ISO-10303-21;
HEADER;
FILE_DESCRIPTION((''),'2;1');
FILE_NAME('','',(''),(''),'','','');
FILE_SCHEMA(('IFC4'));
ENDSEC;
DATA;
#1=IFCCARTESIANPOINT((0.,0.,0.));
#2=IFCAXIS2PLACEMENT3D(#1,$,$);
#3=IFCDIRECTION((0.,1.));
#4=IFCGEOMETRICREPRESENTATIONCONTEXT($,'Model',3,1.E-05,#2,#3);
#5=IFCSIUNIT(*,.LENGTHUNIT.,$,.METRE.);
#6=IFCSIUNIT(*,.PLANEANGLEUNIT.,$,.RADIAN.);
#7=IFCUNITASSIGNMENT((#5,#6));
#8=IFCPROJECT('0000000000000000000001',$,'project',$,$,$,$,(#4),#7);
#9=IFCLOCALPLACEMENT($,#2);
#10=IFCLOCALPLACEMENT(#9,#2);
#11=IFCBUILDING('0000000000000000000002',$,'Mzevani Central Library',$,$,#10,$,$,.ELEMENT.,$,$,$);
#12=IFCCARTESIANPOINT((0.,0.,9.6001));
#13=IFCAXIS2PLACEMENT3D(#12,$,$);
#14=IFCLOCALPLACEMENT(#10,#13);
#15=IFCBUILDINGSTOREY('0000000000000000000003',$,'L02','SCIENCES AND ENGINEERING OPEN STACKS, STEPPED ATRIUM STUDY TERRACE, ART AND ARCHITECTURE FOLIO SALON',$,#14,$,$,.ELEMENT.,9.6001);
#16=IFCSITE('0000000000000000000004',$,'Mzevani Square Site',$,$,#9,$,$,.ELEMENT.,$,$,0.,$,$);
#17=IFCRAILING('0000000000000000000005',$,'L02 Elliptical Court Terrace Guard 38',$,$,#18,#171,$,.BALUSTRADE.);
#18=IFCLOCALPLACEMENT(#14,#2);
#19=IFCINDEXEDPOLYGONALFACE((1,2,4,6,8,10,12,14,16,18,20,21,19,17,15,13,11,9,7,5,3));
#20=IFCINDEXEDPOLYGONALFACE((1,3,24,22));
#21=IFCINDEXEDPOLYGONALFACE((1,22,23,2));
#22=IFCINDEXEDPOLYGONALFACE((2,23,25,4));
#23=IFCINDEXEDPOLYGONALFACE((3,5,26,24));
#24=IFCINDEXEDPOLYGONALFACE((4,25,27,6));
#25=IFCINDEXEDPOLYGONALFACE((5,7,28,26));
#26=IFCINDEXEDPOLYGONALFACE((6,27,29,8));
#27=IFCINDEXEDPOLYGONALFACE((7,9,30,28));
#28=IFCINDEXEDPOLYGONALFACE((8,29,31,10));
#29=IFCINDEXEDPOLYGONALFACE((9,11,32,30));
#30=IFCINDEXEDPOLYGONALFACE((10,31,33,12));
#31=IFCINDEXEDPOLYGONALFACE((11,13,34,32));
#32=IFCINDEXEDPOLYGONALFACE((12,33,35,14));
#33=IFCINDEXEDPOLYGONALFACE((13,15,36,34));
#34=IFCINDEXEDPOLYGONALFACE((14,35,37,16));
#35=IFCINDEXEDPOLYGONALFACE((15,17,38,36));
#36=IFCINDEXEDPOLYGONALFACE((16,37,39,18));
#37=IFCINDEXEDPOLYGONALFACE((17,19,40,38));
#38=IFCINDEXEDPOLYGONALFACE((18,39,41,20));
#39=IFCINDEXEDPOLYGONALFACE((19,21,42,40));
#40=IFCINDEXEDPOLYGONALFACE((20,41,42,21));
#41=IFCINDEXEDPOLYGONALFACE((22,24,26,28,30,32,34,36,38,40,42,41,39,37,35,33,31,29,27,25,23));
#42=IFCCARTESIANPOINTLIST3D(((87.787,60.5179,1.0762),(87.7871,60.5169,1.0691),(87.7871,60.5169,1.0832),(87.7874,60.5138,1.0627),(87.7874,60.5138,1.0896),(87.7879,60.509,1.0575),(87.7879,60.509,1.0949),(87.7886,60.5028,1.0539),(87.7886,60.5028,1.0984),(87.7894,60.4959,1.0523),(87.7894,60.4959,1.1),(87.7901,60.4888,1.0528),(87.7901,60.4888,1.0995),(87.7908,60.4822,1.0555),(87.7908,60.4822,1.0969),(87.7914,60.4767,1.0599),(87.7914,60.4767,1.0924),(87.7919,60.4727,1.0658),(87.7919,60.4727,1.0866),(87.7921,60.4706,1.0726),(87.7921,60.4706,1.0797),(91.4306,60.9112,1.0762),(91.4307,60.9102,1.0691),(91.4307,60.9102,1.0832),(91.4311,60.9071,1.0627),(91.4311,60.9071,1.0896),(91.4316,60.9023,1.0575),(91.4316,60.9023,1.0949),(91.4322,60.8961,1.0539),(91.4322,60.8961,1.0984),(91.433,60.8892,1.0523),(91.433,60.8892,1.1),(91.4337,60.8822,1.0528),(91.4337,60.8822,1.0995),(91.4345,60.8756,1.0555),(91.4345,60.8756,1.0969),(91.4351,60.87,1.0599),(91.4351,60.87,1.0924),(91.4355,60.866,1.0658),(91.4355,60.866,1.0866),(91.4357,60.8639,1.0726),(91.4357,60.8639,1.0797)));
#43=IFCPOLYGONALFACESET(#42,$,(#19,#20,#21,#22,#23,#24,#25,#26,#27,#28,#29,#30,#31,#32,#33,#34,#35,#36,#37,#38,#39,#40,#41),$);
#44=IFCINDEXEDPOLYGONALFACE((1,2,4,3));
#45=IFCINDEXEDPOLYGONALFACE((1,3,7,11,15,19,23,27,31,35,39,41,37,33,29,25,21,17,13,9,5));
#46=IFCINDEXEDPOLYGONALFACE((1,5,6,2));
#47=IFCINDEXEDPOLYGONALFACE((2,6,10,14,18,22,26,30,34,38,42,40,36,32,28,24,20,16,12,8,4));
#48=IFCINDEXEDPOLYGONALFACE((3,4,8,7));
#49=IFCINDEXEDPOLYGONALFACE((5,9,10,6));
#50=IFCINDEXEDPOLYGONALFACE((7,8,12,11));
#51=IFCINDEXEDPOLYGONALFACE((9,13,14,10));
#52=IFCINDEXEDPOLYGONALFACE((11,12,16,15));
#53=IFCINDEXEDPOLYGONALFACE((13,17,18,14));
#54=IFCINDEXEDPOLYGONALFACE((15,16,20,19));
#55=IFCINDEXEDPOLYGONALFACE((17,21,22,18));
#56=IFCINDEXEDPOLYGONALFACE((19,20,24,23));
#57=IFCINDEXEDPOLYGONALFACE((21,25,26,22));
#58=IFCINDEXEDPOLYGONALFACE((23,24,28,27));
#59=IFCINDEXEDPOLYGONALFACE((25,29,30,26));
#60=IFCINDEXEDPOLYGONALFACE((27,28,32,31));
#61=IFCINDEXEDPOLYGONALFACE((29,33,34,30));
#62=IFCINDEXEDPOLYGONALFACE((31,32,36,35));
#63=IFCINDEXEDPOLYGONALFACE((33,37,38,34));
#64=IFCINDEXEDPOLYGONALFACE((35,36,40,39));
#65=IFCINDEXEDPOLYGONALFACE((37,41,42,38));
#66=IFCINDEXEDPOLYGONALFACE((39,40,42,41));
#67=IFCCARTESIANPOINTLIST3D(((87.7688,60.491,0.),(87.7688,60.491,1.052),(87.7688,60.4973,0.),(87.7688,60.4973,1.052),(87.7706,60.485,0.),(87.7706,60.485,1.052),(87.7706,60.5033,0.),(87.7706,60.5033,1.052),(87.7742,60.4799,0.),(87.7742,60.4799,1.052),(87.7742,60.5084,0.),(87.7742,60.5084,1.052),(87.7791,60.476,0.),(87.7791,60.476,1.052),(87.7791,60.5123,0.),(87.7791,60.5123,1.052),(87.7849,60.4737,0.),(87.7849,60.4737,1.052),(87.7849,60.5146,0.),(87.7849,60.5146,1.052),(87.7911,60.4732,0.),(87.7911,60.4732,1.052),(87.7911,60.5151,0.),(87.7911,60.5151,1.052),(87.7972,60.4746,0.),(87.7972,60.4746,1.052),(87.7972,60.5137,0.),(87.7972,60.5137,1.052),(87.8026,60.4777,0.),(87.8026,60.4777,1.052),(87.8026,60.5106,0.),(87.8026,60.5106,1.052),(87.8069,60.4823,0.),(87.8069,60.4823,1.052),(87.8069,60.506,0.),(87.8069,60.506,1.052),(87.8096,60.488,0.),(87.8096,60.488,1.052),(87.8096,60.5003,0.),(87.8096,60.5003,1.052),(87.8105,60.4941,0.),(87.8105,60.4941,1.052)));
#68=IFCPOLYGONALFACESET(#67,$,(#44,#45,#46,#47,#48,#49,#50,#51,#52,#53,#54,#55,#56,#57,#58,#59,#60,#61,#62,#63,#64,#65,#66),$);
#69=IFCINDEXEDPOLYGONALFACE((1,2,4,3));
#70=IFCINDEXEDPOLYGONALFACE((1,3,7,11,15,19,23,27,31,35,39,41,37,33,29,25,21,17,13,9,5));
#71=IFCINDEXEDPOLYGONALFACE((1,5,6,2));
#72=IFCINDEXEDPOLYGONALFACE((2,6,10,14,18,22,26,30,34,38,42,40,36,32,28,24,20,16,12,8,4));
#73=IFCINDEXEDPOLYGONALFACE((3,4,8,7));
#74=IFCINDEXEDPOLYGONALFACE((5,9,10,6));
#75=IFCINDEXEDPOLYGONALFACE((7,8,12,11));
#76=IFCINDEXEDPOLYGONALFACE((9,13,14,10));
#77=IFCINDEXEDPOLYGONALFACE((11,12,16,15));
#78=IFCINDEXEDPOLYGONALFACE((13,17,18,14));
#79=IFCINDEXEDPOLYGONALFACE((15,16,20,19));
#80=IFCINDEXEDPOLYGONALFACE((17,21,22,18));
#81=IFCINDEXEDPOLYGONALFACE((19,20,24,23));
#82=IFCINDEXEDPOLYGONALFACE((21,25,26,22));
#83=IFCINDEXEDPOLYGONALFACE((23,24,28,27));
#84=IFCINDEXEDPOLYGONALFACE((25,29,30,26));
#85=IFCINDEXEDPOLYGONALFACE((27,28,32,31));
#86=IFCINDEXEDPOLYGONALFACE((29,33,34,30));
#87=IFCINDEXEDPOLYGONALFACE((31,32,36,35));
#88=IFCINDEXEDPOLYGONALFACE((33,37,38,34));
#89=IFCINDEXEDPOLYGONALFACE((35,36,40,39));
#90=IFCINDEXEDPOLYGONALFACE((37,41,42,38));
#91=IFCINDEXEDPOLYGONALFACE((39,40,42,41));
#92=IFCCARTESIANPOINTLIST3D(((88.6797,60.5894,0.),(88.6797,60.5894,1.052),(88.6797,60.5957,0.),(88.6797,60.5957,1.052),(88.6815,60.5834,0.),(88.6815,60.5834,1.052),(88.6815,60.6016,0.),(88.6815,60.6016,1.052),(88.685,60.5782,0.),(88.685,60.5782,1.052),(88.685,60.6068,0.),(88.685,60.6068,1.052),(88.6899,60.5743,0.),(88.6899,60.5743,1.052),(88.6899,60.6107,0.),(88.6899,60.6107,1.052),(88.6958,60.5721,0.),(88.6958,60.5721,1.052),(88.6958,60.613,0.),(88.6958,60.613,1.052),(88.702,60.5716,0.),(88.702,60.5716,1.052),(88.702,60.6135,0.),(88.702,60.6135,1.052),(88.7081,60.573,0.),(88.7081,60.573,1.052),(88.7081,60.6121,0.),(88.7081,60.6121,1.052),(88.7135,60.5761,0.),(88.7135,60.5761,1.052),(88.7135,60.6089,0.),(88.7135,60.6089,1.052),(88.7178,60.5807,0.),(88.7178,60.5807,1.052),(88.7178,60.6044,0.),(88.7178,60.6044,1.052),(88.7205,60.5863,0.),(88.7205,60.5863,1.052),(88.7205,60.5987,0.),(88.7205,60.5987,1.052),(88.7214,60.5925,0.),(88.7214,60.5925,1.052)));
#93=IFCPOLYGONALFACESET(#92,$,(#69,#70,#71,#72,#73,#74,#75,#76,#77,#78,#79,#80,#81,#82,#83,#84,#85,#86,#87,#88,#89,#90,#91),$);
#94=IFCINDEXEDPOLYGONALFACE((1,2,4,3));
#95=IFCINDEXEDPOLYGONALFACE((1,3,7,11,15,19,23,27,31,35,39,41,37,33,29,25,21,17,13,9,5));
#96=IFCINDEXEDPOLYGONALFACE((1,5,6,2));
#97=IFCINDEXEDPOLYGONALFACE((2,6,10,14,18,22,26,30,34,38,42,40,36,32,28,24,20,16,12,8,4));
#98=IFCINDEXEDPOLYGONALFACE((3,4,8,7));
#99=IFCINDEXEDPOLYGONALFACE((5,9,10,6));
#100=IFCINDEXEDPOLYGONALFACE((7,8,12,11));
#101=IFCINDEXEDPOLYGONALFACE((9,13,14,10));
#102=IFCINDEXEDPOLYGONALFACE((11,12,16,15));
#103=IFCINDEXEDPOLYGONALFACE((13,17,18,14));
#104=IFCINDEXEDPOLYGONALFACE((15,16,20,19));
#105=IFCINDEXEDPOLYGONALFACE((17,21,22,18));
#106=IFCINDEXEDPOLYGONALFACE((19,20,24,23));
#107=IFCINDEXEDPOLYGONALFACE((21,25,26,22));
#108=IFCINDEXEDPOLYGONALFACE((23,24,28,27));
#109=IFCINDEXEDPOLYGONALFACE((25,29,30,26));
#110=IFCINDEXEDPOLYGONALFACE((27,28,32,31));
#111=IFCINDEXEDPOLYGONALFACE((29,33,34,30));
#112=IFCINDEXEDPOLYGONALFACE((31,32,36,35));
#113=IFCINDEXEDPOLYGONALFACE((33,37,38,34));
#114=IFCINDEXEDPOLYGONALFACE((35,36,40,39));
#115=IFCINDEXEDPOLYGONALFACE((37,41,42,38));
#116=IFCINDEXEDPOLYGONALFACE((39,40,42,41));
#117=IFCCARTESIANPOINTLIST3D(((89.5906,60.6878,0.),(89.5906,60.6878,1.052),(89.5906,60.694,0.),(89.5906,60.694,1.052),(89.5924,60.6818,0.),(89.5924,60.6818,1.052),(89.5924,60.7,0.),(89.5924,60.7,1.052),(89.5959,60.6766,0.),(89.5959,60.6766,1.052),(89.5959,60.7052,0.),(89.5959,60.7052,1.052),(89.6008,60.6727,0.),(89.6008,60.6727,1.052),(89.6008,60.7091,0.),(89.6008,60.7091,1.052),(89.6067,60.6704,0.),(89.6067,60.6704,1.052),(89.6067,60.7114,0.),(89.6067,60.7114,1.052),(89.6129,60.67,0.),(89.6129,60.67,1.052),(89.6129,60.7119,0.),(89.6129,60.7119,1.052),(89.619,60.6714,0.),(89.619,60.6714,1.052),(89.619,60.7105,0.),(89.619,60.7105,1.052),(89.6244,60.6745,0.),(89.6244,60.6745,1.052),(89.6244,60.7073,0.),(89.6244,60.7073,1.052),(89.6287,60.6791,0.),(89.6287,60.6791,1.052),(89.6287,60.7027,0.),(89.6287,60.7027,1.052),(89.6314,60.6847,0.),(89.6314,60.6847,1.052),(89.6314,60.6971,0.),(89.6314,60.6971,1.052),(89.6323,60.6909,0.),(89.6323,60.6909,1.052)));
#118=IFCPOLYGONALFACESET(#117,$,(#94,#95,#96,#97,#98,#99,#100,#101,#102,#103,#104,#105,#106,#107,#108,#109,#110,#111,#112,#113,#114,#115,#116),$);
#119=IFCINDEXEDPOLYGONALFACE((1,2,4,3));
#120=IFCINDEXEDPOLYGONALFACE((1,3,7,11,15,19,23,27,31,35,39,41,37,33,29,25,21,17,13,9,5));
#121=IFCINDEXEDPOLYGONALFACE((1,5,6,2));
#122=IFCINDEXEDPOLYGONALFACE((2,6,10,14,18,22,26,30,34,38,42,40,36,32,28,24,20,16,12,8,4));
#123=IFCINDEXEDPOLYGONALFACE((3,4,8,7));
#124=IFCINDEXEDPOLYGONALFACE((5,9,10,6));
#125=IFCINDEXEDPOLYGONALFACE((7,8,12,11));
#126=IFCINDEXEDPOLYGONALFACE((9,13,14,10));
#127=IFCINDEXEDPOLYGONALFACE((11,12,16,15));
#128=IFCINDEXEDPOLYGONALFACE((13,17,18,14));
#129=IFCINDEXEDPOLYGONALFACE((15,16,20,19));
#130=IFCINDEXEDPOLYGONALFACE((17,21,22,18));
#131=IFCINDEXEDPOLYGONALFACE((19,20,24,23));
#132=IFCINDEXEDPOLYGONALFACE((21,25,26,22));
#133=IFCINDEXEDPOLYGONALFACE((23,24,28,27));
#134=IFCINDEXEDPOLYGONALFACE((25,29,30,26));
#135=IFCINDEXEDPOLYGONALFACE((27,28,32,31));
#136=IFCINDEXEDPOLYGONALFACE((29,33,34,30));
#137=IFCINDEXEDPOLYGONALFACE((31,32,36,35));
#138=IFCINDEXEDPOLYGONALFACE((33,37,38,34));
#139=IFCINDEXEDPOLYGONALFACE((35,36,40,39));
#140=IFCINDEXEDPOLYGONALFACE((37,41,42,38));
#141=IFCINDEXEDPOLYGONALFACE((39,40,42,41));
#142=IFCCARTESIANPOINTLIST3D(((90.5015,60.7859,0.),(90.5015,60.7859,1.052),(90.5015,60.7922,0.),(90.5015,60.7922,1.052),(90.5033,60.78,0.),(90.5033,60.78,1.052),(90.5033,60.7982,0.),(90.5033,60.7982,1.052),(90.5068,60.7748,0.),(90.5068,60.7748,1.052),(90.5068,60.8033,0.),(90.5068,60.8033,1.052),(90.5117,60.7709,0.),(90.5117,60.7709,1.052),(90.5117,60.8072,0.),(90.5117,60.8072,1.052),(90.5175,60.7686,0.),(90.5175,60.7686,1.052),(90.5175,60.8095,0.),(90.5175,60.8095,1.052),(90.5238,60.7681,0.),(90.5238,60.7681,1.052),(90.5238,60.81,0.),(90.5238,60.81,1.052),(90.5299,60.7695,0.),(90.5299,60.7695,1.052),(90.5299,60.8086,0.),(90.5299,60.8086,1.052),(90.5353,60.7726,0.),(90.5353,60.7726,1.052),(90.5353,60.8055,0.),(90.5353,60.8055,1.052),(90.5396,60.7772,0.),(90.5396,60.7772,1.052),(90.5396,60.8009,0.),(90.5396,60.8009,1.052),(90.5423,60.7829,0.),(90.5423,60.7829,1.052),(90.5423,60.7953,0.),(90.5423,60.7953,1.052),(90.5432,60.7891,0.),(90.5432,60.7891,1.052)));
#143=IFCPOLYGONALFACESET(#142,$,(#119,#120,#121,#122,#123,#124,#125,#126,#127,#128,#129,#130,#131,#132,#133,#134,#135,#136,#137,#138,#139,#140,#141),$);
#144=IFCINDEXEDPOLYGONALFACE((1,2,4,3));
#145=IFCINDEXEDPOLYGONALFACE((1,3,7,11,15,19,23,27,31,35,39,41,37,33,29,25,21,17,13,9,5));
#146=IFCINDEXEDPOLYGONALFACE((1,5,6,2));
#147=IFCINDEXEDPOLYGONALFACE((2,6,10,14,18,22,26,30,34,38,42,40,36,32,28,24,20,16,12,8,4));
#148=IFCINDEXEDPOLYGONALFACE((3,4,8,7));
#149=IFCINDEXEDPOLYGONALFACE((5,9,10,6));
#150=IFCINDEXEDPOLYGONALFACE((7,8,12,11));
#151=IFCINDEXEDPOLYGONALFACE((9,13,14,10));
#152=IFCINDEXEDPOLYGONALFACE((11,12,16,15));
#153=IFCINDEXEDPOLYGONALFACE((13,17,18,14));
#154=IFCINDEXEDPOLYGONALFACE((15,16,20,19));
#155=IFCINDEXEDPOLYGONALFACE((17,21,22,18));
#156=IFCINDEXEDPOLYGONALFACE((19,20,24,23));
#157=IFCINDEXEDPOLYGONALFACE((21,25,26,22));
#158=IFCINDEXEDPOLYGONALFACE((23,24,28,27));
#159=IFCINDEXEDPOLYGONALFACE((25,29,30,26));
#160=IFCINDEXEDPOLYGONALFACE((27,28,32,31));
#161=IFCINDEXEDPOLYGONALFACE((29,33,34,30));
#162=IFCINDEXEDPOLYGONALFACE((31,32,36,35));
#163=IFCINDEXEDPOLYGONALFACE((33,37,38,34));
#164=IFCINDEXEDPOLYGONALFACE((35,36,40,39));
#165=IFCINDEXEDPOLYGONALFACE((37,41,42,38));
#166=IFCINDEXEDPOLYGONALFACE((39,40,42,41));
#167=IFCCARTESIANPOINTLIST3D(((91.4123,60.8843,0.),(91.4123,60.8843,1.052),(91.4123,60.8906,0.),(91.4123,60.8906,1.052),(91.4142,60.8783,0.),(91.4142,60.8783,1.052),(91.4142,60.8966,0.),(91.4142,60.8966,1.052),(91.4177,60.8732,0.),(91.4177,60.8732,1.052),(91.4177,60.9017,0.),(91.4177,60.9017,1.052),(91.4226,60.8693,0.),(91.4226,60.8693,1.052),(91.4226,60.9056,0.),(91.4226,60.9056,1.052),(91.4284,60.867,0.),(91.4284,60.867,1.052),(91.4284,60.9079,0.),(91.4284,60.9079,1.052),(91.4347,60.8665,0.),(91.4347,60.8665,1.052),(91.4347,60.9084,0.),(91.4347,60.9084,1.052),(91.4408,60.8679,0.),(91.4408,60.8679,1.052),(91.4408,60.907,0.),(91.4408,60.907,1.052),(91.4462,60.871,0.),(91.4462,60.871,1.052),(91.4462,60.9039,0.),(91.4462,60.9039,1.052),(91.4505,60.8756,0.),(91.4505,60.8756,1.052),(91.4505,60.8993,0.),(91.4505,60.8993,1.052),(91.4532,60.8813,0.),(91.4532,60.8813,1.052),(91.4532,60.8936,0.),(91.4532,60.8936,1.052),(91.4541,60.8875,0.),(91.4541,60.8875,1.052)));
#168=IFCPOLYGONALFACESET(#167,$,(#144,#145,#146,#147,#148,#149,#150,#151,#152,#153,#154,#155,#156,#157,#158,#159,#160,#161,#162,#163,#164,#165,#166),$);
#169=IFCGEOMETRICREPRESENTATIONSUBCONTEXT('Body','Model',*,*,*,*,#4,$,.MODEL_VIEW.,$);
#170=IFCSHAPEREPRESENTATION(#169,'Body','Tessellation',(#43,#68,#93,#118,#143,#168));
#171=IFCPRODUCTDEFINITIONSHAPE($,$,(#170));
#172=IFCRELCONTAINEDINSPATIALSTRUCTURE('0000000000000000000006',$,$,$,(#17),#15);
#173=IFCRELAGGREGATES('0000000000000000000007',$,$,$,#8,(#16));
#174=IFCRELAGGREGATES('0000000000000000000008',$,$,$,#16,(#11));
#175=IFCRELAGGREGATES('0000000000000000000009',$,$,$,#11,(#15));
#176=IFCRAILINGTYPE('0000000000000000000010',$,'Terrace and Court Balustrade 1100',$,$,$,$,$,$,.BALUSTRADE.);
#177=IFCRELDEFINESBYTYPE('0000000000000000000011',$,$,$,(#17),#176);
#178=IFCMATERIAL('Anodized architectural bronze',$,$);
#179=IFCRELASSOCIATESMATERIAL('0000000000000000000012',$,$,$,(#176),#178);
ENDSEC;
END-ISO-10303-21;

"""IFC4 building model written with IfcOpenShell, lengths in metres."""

from ifc_helpers import new_model, si_unit, direction, frame, origin, origin_2d, place, context, subcontext, project, spatial, circle, extrude, material, type_object, element, save


model = new_model("IFC4")

# Units and contexts
model_context = context("Model", 3, precision=1e-05, world=origin(), true_north=direction((0.0, 1.0)))
body_context = subcontext(model_context, "Body", "Model", "MODEL_VIEW")
ifc_project = project(units=[si_unit("LENGTHUNIT", "METRE"), si_unit("PLANEANGLEUNIT", "RADIAN")], contexts=[model_context])

# Site, building, storey
site_placement = place(None, origin())
site = spatial("IfcSite", under=ifc_project, at=site_placement, Name="Mzevani Square Site", CompositionType="ELEMENT", RefElevation=0.0)
building_placement = place(site_placement, origin())
building = spatial("IfcBuilding", under=site, at=building_placement, Name="Mzevani Central Library", CompositionType="ELEMENT")
storey_placement = place(building_placement, frame((0.0, 0.0, 9.6001)))
storey = spatial("IfcBuildingStorey", under=building, at=storey_placement, Name="L02", Description="SCIENCES AND ENGINEERING OPEN STACKS, STEPPED ATRIUM STUDY TERRACE, ART AND ARCHITECTURE FOLIO SALON", CompositionType="ELEMENT", Elevation=9.6001)

# Railing
ifc_material_1 = material(Name="Anodized architectural bronze")
railing_type = type_object("IfcRailingType", Name="Terrace and Court Balustrade 1100", PredefinedType="BALUSTRADE", material=ifc_material_1)
railing_1_placement = place(storey_placement, frame((87.7896, 60.4941, 0.0)))
element("IfcRailing", 1, at=railing_1_placement, inside=storey, type_object=railing_type, Name="L02 Elliptical Court Terrace Guard 38", PredefinedType="BALUSTRADE", context=body_context, shape_type="SweptSolid", body=[
    extrude(circle(Radius=0.0239, at=origin_2d()), frame((0.0, 0.0, 1.0762), z_axis=(0.994224, 0.107323, 0.0), x_axis=(-0.107323, 0.994224, 0.0)), (0.0, 0.0, 1.0), 3.6648),
    extrude(circle(Radius=0.021, at=origin_2d()), origin(), (0.0, 0.0, 1.0), 1.052),
    extrude(circle(Radius=0.021, at=origin_2d()), frame((0.9109, 0.0984, 0.0)), (0.0, 0.0, 1.0), 1.052),
    extrude(circle(Radius=0.021, at=origin_2d()), frame((1.8218, 0.1968, 0.0)), (0.0, 0.0, 1.0), 1.052),
    extrude(circle(Radius=0.021, at=origin_2d()), frame((2.7327, 0.2949, 0.0)), (0.0, 0.0, 1.0), 1.052),
    extrude(circle(Radius=0.021, at=origin_2d()), frame((3.6436, 0.3933, 0.0)), (0.0, 0.0, 1.0), 1.052),
])

save(model, "model.ifc")
